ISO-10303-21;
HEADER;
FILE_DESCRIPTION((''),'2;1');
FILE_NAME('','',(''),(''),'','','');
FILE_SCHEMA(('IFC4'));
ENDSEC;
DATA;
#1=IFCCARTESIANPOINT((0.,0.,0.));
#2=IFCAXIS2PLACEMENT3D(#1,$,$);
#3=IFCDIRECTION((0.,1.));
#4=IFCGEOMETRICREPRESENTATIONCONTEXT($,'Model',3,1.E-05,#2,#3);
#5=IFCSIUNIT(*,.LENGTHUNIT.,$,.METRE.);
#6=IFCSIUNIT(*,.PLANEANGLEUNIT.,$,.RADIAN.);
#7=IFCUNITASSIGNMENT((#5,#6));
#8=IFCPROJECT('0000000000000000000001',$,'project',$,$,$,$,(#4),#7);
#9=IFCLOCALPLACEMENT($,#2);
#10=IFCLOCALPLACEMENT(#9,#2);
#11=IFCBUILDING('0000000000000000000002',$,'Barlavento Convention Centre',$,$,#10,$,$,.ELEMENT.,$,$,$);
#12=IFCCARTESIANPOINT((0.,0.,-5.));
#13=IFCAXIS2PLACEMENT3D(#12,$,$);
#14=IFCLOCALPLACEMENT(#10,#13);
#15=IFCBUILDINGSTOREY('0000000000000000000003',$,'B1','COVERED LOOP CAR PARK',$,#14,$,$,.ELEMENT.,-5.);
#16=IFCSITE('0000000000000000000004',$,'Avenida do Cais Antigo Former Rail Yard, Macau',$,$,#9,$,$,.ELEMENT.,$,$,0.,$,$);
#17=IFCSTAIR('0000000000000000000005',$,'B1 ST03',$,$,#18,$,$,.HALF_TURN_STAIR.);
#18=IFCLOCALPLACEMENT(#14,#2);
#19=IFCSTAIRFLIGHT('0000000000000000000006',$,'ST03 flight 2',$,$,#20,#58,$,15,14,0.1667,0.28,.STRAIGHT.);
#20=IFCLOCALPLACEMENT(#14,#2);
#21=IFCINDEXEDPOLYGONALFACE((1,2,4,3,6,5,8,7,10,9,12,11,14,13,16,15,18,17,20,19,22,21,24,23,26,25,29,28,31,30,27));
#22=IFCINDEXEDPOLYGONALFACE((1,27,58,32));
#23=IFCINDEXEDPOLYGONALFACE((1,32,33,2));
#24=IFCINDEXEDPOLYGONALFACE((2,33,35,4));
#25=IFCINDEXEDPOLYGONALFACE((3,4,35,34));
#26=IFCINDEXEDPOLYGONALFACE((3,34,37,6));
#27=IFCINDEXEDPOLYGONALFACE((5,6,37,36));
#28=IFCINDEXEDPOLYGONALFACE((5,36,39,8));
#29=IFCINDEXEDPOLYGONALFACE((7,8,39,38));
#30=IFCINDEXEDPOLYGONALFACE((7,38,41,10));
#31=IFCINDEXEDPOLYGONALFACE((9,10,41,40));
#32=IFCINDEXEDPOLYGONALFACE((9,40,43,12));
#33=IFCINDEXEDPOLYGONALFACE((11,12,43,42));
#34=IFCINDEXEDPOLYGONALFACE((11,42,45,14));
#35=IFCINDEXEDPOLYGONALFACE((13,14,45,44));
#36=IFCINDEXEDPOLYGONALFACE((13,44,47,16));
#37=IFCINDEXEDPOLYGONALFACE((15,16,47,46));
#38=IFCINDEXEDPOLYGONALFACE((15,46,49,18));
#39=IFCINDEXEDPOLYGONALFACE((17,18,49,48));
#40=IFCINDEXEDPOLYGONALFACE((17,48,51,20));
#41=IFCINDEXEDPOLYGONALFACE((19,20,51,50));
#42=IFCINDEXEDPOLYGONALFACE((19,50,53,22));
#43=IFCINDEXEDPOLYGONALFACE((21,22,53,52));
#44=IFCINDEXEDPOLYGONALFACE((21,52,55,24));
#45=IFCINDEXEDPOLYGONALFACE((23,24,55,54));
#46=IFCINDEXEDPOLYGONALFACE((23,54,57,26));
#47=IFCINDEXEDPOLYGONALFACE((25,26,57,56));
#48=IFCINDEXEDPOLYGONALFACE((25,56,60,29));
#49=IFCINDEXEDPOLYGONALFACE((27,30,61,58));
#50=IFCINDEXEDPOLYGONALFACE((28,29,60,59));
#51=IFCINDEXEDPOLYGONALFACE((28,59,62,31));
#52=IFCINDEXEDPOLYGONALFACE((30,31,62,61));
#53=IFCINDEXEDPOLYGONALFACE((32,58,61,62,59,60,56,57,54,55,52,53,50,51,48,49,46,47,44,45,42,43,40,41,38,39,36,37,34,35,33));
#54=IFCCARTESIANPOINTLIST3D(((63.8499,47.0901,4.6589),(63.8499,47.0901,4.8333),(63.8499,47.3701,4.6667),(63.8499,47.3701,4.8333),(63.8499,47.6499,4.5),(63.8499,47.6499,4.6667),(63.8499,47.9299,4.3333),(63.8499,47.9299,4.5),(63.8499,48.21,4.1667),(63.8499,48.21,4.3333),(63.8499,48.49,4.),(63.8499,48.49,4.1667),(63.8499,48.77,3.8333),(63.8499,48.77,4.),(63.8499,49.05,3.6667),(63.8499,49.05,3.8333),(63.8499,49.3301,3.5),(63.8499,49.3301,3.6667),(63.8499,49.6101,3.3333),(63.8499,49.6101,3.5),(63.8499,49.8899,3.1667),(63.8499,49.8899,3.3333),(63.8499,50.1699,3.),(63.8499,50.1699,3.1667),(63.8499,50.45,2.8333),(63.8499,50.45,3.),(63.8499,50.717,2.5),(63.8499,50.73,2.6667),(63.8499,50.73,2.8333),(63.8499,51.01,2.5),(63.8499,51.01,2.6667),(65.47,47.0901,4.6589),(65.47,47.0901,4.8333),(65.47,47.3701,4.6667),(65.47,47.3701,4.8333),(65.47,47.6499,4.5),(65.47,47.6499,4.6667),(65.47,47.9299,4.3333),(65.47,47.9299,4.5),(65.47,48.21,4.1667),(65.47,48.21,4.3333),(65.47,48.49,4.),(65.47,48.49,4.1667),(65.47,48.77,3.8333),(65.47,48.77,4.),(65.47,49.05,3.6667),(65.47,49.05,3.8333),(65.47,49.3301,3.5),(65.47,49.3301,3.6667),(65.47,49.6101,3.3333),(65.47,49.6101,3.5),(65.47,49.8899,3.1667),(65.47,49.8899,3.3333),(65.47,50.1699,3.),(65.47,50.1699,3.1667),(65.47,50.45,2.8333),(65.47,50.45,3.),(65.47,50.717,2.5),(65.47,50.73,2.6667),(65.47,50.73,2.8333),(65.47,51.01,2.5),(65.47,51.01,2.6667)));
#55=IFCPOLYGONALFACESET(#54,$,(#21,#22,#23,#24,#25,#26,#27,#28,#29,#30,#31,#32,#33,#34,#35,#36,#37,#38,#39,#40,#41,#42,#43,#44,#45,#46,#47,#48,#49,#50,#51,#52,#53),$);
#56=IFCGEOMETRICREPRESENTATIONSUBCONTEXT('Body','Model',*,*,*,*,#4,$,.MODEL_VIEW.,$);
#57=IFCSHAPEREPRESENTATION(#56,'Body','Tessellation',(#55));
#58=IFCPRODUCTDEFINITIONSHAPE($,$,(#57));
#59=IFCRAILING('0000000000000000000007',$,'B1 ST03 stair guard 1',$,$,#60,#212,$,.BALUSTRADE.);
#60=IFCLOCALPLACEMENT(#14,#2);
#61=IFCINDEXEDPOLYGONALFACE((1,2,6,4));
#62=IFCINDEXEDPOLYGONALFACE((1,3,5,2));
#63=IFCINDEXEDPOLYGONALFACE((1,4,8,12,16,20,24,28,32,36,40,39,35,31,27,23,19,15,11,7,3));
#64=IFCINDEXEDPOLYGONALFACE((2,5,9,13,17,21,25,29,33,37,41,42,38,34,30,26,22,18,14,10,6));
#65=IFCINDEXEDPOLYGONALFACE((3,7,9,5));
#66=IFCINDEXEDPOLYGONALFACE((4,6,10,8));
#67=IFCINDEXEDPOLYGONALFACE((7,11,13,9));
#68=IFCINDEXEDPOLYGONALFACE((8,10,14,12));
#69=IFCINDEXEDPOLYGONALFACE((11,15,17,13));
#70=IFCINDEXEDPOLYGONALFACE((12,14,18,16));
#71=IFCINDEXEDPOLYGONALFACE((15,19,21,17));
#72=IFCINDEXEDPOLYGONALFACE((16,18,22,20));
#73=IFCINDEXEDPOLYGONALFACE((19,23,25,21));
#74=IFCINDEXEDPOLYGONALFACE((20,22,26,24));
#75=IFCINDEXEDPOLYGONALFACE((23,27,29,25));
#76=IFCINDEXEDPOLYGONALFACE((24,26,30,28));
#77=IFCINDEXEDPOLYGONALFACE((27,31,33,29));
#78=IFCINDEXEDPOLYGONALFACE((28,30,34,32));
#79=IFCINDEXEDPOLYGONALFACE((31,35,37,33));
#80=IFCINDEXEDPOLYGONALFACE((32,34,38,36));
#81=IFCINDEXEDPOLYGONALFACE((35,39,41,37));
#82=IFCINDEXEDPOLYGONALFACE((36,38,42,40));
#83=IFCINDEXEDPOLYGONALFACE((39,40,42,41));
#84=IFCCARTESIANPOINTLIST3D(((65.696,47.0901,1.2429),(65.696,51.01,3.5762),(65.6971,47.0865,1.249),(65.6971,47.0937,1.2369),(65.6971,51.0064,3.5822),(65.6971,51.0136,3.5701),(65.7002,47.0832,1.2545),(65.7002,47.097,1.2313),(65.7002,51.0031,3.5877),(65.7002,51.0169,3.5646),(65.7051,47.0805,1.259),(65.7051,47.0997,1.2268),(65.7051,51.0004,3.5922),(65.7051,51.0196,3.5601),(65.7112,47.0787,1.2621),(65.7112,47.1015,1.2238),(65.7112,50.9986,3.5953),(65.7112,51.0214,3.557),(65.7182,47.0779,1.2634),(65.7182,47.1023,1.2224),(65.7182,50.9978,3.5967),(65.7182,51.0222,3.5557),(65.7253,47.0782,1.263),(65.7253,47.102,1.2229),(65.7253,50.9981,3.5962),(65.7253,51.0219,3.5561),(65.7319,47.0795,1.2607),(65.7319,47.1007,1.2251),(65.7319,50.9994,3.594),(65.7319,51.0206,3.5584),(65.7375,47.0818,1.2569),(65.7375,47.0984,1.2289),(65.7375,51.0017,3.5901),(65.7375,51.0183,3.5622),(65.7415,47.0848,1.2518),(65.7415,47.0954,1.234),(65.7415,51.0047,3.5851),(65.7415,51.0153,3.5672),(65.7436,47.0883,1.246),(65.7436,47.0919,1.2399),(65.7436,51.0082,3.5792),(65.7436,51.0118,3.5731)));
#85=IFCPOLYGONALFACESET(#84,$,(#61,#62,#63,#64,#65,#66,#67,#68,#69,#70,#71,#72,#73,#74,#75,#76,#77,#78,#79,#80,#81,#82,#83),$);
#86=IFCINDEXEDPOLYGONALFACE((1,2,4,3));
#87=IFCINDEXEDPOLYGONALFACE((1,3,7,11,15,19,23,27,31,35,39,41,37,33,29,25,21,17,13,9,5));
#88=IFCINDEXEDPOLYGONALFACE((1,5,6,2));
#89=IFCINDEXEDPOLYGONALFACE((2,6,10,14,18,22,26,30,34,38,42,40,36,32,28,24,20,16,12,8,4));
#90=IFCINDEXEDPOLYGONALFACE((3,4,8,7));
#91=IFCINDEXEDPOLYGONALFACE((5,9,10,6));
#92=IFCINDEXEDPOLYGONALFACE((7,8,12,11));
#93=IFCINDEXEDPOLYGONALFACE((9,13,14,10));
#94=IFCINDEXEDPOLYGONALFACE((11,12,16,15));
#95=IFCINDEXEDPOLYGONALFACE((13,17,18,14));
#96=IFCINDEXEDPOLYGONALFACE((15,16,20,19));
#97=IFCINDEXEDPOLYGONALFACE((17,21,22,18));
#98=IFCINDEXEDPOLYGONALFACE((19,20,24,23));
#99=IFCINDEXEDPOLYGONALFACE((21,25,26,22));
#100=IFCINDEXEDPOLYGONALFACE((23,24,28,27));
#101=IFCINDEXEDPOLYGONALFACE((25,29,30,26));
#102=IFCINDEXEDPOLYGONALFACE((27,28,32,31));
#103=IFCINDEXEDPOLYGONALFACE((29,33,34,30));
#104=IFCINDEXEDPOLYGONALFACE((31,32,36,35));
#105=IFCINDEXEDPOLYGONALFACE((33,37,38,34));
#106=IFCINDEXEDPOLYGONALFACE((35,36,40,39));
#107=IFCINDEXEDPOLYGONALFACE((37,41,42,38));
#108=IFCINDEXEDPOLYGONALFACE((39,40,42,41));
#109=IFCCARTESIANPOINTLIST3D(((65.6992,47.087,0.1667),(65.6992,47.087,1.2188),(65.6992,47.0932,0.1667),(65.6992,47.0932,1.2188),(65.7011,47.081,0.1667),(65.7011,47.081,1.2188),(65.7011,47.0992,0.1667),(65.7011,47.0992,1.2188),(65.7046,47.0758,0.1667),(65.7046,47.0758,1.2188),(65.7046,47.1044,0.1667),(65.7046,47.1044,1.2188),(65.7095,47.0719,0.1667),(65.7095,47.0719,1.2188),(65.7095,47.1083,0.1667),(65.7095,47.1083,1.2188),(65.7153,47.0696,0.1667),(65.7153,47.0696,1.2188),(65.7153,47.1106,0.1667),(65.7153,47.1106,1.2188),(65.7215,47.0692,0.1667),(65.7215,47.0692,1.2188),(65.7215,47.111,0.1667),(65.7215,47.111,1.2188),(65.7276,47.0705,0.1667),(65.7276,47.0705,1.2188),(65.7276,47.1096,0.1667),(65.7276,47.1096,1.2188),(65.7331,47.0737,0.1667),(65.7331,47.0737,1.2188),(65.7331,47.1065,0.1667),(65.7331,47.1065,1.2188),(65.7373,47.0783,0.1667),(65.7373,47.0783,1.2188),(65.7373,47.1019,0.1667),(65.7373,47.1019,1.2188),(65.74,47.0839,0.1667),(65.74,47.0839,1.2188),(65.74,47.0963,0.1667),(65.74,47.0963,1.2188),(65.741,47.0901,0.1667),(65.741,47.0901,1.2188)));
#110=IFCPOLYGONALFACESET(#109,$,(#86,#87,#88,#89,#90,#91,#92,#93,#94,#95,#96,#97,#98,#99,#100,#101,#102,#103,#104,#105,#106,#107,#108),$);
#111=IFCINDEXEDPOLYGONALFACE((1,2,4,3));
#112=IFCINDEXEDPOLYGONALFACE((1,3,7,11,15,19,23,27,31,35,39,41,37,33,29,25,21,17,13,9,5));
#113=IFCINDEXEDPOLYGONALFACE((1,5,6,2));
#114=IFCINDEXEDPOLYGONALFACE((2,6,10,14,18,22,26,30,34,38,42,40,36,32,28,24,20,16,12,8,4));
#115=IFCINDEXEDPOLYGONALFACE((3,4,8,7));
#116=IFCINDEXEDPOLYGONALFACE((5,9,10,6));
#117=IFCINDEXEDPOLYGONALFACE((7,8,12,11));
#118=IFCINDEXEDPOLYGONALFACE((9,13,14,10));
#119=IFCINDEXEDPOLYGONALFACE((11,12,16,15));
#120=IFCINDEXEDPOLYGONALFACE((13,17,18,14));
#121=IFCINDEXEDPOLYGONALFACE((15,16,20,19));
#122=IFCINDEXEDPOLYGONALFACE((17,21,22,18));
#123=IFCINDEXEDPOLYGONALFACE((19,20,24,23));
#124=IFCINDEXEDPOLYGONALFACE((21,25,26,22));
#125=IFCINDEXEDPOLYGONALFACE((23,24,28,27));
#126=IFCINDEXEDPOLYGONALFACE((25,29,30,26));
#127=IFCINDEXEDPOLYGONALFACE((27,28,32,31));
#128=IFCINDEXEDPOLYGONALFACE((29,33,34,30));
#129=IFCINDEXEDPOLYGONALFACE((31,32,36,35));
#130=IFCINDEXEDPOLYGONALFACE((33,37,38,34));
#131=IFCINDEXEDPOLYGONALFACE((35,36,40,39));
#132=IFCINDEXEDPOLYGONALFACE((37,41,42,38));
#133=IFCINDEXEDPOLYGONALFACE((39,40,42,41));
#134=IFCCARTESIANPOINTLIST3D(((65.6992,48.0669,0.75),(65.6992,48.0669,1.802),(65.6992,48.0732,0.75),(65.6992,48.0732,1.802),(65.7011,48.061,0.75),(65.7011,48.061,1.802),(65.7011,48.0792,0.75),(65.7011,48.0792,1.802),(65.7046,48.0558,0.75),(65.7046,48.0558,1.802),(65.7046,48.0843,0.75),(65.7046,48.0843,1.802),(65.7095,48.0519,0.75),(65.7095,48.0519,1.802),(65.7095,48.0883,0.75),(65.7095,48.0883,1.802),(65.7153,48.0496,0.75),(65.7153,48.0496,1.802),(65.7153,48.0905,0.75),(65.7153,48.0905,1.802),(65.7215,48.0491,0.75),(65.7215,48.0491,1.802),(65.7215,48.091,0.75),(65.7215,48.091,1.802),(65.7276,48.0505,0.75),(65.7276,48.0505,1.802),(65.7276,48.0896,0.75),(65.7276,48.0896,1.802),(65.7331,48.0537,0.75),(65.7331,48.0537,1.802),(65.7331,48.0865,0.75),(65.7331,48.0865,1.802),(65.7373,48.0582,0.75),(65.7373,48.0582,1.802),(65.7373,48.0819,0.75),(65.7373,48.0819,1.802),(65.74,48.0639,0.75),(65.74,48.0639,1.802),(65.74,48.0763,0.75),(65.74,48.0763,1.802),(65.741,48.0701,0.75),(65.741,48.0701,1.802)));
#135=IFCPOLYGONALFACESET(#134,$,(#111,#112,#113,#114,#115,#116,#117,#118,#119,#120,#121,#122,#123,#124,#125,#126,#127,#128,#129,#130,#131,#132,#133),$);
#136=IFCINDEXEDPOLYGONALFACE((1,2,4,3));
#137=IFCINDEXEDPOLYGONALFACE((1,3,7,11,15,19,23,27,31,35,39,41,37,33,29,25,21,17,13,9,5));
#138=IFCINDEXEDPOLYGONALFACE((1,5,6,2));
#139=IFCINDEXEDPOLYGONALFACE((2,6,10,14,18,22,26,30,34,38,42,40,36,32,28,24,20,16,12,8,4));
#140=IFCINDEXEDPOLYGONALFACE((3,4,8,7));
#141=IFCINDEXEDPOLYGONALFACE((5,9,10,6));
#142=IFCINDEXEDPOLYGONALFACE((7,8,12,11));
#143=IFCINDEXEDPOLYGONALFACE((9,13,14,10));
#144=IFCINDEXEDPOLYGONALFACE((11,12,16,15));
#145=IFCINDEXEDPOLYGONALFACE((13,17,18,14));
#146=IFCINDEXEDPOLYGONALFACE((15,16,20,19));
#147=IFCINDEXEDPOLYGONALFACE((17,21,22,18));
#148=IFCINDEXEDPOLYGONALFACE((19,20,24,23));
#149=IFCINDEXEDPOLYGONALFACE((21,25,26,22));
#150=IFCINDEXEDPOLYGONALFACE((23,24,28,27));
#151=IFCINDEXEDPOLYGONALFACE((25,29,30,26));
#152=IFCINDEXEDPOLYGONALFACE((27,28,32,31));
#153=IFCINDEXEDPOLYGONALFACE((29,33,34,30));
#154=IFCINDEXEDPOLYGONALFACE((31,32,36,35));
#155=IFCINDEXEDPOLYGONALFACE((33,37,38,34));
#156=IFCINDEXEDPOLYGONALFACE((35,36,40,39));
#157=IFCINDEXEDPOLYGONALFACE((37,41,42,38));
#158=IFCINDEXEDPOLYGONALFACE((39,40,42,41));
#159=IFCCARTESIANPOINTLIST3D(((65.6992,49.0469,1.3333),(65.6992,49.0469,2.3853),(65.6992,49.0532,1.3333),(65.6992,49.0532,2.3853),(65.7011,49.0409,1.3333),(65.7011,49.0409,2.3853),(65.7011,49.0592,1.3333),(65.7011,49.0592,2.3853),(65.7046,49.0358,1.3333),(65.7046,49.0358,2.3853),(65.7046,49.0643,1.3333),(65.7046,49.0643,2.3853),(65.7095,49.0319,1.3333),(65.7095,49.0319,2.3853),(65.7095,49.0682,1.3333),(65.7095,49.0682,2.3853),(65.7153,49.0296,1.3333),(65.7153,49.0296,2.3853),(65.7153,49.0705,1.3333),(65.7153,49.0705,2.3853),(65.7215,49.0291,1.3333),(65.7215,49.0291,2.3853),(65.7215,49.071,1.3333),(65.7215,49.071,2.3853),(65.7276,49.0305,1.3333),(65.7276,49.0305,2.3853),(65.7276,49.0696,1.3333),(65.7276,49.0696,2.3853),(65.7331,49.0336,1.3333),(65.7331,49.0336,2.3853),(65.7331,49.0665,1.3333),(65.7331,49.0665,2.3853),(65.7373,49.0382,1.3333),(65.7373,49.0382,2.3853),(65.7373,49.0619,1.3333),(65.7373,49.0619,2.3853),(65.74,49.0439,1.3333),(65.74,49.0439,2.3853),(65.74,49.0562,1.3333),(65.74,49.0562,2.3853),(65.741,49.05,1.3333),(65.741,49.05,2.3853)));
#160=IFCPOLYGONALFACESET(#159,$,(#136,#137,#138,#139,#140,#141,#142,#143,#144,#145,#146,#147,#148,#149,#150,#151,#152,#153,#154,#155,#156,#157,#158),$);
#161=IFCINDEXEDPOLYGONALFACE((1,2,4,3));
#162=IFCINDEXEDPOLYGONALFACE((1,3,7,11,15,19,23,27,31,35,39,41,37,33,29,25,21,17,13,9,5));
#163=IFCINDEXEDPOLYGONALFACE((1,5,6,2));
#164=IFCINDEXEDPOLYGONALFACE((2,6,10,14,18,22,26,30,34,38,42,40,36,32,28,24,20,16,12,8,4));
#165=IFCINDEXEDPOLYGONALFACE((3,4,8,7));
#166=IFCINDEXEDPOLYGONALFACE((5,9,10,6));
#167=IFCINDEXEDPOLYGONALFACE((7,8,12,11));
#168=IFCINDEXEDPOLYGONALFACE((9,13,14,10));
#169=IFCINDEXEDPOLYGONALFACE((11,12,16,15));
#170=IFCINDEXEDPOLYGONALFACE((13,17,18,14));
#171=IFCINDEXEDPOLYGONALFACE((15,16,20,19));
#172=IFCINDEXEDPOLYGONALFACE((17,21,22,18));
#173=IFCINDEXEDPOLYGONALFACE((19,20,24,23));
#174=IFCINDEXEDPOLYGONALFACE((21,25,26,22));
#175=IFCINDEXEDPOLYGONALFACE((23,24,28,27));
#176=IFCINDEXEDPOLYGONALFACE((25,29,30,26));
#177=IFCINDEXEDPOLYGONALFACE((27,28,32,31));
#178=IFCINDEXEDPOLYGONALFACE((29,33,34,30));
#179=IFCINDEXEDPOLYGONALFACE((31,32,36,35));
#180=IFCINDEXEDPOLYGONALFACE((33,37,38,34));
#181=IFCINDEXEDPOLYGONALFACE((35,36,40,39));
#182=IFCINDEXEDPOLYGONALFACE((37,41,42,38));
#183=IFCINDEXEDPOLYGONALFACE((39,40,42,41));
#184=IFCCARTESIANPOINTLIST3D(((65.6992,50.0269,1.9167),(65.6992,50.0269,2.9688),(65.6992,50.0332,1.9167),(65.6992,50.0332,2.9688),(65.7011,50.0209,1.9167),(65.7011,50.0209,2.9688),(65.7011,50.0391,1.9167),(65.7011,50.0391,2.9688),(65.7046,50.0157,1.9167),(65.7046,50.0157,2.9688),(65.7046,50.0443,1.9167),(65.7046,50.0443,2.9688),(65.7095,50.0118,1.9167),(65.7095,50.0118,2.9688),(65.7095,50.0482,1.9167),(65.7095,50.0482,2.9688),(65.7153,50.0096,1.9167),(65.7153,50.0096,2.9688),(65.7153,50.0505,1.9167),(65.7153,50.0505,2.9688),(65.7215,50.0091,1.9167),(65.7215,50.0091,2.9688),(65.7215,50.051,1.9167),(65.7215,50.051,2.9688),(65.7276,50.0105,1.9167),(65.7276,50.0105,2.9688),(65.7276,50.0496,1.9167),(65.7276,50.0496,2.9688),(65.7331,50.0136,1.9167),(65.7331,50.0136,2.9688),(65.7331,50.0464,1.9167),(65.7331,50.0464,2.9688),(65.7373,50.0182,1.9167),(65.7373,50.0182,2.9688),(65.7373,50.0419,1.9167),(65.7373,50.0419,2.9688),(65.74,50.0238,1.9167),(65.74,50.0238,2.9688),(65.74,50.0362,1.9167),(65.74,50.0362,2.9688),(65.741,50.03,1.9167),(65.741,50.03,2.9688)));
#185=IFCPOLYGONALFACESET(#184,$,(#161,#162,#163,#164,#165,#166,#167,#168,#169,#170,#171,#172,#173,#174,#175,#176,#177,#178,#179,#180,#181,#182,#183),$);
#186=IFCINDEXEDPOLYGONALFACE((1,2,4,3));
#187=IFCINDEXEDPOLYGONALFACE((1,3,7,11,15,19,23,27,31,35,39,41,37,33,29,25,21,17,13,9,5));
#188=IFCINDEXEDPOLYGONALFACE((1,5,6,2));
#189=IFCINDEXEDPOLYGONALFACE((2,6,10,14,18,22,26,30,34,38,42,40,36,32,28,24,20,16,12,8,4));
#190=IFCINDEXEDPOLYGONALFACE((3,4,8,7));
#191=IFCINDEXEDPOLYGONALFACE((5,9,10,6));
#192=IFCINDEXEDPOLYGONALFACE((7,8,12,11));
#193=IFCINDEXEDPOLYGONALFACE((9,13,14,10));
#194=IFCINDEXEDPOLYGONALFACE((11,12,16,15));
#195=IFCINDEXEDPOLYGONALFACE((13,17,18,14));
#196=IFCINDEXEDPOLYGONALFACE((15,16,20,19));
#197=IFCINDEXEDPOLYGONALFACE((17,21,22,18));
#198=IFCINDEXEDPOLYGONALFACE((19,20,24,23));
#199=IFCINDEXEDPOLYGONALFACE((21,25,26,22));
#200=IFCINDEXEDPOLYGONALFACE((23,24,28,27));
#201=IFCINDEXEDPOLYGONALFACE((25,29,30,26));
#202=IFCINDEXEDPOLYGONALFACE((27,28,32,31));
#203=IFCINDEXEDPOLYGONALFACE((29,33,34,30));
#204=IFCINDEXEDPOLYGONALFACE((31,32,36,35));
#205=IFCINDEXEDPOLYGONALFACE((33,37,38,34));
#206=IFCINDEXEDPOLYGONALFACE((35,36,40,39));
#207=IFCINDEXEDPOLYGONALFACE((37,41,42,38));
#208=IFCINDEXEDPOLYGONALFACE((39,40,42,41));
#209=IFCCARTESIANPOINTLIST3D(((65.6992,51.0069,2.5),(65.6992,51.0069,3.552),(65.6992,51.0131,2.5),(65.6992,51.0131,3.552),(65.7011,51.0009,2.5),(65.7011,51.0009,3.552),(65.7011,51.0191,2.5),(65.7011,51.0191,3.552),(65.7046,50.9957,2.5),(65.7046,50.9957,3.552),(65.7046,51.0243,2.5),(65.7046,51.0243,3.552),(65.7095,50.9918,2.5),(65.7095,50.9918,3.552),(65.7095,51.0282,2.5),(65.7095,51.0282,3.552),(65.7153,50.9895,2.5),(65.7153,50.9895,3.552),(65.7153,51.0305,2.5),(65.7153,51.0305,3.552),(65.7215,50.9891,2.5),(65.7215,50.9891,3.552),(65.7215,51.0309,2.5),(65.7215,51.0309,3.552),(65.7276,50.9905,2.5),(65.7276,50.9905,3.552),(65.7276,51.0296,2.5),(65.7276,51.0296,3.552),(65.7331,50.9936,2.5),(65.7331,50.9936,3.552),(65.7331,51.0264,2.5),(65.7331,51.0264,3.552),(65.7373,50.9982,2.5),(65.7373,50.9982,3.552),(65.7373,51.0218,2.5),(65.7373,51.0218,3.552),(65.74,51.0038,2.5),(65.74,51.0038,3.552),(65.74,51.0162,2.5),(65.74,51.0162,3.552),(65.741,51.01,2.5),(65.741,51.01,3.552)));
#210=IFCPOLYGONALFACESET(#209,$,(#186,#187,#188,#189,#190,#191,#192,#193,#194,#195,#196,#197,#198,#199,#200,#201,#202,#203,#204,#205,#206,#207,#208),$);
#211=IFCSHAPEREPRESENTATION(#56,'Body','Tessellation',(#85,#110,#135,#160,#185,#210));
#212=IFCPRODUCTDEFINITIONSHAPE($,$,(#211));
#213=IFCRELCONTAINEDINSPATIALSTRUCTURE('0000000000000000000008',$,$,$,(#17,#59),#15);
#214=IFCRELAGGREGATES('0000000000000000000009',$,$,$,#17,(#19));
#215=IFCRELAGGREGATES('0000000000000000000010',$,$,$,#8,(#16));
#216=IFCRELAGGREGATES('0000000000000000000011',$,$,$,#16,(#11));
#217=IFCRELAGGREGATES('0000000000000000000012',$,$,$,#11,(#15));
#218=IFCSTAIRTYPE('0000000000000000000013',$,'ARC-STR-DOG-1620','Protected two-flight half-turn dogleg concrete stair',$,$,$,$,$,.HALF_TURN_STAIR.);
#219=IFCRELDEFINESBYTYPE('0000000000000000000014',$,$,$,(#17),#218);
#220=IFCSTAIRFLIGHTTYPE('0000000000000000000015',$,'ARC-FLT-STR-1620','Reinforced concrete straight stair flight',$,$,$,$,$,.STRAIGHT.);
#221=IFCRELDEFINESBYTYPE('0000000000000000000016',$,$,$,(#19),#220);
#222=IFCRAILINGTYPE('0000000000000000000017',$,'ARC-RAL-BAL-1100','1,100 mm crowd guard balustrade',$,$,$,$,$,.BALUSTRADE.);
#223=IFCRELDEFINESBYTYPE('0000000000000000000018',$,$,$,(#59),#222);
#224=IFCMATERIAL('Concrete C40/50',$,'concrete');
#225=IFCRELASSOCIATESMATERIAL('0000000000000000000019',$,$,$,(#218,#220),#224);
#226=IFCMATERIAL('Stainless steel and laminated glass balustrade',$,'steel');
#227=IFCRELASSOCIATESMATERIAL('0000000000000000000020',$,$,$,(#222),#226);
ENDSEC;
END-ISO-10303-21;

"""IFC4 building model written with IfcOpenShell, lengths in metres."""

from ifc_helpers import new_model, si_unit, direction, frame, origin, origin_2d, place, context, subcontext, project, spatial, polyline, circle, outline, extrude, material, type_object, element, aggregate, save


model = new_model("IFC4")

# Units and contexts
model_context = context("Model", 3, precision=1e-05, world=origin(), true_north=direction((0.0, 1.0)))
body_context = subcontext(model_context, "Body", "Model", "MODEL_VIEW")
ifc_project = project(units=[si_unit("LENGTHUNIT", "METRE"), si_unit("PLANEANGLEUNIT", "RADIAN")], contexts=[model_context])

# Site, building, storey
site_placement = place(None, origin())
site = spatial("IfcSite", under=ifc_project, at=site_placement, Name="Avenida do Cais Antigo Former Rail Yard, Macau", CompositionType="ELEMENT", RefElevation=0.0)
building_placement = place(site_placement, origin())
building = spatial("IfcBuilding", under=site, at=building_placement, Name="Barlavento Convention Centre", CompositionType="ELEMENT")
storey_placement = place(building_placement, frame((0.0, 0.0, -5.0)))
storey = spatial("IfcBuildingStorey", under=building, at=storey_placement, Name="B1", Description="COVERED LOOP CAR PARK", CompositionType="ELEMENT", Elevation=-5.0)

# Shared definitions
ifc_material_1 = material(Name="Concrete C40/50", Category="concrete")

# Stair, stair flight
stair_type = type_object("IfcStairType", Name="ARC-STR-DOG-1620", Description="Protected two-flight half-turn dogleg concrete stair", PredefinedType="HALF_TURN_STAIR", material=ifc_material_1)
stair_placement = place(storey_placement, origin())
stair = element("IfcStair", 1, at=stair_placement, inside=storey, type_object=stair_type, Name="B1 ST03", PredefinedType="HALF_TURN_STAIR")
stair_flight_type = type_object("IfcStairFlightType", Name="ARC-FLT-STR-1620", Description="Reinforced concrete straight stair flight", PredefinedType="STRAIGHT", material=ifc_material_1)
stair_flight_1_placement = place(storey_placement, frame((64.6599, 51.01, 2.5), z_axis=(0.0, 0.0, 1.0), x_axis=(0.0, -1.0, 0.0)))
stair_flight_1 = element("IfcStairFlight", 2, at=stair_flight_1_placement, type_object=stair_flight_type, Name="ST03 flight 2", NumberOfRisers=15, NumberOfTreads=14, PredefinedType="STRAIGHT", RiserHeight=0.1667, TreadLength=0.28, context=body_context, shape_type="SweptSolid", body=[
    extrude(outline(polyline([(0.0, 0.0), (0.0, 0.1667), (0.28, 0.1667), (0.28, 0.3333), (0.5601, 0.3333), (0.5601, 0.5), (0.8401, 0.5), (0.8401, 0.6667), (1.1201, 0.6667), (1.1201, 0.8333), (1.3999, 0.8333), (1.3999, 1.0), (1.6799, 1.0), (1.6799, 1.1667), (1.96, 1.1667), (1.96, 1.3333), (2.24, 1.3333), (2.24, 1.5), (2.52, 1.5), (2.52, 1.6667), (2.8, 1.6667), (2.8, 1.8333), (3.0801, 1.8333), (3.0801, 2.0), (3.3601, 2.0), (3.3601, 2.1667), (3.6399, 2.1667), (3.6399, 2.3333), (3.9199, 2.3333), (3.9199, 2.5), (3.9199, 2.1589), (0.293, 0.0), (0.0, 0.0)])), frame((0.0, 0.8101, 0.0), z_axis=(0.0, -1.0, 0.0), x_axis=(1.0, 0.0, 0.0)), (0.0, 0.0, 1.0), 1.6201),
])
aggregate(stair, [stair_flight_1])

# Railing
ifc_material_2 = material(Name="Stainless steel and laminated glass balustrade", Category="steel")
railing_type_1 = type_object("IfcRailingType", Name="ARC-RAL-BAL-1100", Description="1,100 mm crowd guard balustrade", PredefinedType="BALUSTRADE", material=ifc_material_2)
railing_1_placement = place(storey_placement, frame((65.72, 47.0901, 0.1667)))
element("IfcRailing", 3, at=railing_1_placement, inside=storey, type_object=railing_type_1, Name="B1 ST03 stair guard 1", PredefinedType="BALUSTRADE", context=body_context, shape_type="SweptSolid", body=[
    extrude(circle(Radius=0.0239, at=origin_2d()), frame((0.0, 0.0, 1.0762), z_axis=(0.0, 0.859296, 0.511478), x_axis=(-1.0, 0.0, 0.0)), (0.0, 0.0, 1.0), 4.5618),
    extrude(circle(Radius=0.021, at=origin_2d()), origin(), (0.0, 0.0, 1.0), 1.052),
    extrude(circle(Radius=0.021, at=origin_2d()), frame((0.0, 0.98, 0.5833)), (0.0, 0.0, 1.0), 1.052),
    extrude(circle(Radius=0.021, at=origin_2d()), frame((0.0, 1.96, 1.1665)), (0.0, 0.0, 1.0), 1.052),
    extrude(circle(Radius=0.021, at=origin_2d()), frame((0.0, 2.9399, 1.75)), (0.0, 0.0, 1.0), 1.052),
    extrude(circle(Radius=0.021, at=origin_2d()), frame((0.0, 3.9199, 2.3333)), (0.0, 0.0, 1.0), 1.052),
])

save(model, "model.ifc")
